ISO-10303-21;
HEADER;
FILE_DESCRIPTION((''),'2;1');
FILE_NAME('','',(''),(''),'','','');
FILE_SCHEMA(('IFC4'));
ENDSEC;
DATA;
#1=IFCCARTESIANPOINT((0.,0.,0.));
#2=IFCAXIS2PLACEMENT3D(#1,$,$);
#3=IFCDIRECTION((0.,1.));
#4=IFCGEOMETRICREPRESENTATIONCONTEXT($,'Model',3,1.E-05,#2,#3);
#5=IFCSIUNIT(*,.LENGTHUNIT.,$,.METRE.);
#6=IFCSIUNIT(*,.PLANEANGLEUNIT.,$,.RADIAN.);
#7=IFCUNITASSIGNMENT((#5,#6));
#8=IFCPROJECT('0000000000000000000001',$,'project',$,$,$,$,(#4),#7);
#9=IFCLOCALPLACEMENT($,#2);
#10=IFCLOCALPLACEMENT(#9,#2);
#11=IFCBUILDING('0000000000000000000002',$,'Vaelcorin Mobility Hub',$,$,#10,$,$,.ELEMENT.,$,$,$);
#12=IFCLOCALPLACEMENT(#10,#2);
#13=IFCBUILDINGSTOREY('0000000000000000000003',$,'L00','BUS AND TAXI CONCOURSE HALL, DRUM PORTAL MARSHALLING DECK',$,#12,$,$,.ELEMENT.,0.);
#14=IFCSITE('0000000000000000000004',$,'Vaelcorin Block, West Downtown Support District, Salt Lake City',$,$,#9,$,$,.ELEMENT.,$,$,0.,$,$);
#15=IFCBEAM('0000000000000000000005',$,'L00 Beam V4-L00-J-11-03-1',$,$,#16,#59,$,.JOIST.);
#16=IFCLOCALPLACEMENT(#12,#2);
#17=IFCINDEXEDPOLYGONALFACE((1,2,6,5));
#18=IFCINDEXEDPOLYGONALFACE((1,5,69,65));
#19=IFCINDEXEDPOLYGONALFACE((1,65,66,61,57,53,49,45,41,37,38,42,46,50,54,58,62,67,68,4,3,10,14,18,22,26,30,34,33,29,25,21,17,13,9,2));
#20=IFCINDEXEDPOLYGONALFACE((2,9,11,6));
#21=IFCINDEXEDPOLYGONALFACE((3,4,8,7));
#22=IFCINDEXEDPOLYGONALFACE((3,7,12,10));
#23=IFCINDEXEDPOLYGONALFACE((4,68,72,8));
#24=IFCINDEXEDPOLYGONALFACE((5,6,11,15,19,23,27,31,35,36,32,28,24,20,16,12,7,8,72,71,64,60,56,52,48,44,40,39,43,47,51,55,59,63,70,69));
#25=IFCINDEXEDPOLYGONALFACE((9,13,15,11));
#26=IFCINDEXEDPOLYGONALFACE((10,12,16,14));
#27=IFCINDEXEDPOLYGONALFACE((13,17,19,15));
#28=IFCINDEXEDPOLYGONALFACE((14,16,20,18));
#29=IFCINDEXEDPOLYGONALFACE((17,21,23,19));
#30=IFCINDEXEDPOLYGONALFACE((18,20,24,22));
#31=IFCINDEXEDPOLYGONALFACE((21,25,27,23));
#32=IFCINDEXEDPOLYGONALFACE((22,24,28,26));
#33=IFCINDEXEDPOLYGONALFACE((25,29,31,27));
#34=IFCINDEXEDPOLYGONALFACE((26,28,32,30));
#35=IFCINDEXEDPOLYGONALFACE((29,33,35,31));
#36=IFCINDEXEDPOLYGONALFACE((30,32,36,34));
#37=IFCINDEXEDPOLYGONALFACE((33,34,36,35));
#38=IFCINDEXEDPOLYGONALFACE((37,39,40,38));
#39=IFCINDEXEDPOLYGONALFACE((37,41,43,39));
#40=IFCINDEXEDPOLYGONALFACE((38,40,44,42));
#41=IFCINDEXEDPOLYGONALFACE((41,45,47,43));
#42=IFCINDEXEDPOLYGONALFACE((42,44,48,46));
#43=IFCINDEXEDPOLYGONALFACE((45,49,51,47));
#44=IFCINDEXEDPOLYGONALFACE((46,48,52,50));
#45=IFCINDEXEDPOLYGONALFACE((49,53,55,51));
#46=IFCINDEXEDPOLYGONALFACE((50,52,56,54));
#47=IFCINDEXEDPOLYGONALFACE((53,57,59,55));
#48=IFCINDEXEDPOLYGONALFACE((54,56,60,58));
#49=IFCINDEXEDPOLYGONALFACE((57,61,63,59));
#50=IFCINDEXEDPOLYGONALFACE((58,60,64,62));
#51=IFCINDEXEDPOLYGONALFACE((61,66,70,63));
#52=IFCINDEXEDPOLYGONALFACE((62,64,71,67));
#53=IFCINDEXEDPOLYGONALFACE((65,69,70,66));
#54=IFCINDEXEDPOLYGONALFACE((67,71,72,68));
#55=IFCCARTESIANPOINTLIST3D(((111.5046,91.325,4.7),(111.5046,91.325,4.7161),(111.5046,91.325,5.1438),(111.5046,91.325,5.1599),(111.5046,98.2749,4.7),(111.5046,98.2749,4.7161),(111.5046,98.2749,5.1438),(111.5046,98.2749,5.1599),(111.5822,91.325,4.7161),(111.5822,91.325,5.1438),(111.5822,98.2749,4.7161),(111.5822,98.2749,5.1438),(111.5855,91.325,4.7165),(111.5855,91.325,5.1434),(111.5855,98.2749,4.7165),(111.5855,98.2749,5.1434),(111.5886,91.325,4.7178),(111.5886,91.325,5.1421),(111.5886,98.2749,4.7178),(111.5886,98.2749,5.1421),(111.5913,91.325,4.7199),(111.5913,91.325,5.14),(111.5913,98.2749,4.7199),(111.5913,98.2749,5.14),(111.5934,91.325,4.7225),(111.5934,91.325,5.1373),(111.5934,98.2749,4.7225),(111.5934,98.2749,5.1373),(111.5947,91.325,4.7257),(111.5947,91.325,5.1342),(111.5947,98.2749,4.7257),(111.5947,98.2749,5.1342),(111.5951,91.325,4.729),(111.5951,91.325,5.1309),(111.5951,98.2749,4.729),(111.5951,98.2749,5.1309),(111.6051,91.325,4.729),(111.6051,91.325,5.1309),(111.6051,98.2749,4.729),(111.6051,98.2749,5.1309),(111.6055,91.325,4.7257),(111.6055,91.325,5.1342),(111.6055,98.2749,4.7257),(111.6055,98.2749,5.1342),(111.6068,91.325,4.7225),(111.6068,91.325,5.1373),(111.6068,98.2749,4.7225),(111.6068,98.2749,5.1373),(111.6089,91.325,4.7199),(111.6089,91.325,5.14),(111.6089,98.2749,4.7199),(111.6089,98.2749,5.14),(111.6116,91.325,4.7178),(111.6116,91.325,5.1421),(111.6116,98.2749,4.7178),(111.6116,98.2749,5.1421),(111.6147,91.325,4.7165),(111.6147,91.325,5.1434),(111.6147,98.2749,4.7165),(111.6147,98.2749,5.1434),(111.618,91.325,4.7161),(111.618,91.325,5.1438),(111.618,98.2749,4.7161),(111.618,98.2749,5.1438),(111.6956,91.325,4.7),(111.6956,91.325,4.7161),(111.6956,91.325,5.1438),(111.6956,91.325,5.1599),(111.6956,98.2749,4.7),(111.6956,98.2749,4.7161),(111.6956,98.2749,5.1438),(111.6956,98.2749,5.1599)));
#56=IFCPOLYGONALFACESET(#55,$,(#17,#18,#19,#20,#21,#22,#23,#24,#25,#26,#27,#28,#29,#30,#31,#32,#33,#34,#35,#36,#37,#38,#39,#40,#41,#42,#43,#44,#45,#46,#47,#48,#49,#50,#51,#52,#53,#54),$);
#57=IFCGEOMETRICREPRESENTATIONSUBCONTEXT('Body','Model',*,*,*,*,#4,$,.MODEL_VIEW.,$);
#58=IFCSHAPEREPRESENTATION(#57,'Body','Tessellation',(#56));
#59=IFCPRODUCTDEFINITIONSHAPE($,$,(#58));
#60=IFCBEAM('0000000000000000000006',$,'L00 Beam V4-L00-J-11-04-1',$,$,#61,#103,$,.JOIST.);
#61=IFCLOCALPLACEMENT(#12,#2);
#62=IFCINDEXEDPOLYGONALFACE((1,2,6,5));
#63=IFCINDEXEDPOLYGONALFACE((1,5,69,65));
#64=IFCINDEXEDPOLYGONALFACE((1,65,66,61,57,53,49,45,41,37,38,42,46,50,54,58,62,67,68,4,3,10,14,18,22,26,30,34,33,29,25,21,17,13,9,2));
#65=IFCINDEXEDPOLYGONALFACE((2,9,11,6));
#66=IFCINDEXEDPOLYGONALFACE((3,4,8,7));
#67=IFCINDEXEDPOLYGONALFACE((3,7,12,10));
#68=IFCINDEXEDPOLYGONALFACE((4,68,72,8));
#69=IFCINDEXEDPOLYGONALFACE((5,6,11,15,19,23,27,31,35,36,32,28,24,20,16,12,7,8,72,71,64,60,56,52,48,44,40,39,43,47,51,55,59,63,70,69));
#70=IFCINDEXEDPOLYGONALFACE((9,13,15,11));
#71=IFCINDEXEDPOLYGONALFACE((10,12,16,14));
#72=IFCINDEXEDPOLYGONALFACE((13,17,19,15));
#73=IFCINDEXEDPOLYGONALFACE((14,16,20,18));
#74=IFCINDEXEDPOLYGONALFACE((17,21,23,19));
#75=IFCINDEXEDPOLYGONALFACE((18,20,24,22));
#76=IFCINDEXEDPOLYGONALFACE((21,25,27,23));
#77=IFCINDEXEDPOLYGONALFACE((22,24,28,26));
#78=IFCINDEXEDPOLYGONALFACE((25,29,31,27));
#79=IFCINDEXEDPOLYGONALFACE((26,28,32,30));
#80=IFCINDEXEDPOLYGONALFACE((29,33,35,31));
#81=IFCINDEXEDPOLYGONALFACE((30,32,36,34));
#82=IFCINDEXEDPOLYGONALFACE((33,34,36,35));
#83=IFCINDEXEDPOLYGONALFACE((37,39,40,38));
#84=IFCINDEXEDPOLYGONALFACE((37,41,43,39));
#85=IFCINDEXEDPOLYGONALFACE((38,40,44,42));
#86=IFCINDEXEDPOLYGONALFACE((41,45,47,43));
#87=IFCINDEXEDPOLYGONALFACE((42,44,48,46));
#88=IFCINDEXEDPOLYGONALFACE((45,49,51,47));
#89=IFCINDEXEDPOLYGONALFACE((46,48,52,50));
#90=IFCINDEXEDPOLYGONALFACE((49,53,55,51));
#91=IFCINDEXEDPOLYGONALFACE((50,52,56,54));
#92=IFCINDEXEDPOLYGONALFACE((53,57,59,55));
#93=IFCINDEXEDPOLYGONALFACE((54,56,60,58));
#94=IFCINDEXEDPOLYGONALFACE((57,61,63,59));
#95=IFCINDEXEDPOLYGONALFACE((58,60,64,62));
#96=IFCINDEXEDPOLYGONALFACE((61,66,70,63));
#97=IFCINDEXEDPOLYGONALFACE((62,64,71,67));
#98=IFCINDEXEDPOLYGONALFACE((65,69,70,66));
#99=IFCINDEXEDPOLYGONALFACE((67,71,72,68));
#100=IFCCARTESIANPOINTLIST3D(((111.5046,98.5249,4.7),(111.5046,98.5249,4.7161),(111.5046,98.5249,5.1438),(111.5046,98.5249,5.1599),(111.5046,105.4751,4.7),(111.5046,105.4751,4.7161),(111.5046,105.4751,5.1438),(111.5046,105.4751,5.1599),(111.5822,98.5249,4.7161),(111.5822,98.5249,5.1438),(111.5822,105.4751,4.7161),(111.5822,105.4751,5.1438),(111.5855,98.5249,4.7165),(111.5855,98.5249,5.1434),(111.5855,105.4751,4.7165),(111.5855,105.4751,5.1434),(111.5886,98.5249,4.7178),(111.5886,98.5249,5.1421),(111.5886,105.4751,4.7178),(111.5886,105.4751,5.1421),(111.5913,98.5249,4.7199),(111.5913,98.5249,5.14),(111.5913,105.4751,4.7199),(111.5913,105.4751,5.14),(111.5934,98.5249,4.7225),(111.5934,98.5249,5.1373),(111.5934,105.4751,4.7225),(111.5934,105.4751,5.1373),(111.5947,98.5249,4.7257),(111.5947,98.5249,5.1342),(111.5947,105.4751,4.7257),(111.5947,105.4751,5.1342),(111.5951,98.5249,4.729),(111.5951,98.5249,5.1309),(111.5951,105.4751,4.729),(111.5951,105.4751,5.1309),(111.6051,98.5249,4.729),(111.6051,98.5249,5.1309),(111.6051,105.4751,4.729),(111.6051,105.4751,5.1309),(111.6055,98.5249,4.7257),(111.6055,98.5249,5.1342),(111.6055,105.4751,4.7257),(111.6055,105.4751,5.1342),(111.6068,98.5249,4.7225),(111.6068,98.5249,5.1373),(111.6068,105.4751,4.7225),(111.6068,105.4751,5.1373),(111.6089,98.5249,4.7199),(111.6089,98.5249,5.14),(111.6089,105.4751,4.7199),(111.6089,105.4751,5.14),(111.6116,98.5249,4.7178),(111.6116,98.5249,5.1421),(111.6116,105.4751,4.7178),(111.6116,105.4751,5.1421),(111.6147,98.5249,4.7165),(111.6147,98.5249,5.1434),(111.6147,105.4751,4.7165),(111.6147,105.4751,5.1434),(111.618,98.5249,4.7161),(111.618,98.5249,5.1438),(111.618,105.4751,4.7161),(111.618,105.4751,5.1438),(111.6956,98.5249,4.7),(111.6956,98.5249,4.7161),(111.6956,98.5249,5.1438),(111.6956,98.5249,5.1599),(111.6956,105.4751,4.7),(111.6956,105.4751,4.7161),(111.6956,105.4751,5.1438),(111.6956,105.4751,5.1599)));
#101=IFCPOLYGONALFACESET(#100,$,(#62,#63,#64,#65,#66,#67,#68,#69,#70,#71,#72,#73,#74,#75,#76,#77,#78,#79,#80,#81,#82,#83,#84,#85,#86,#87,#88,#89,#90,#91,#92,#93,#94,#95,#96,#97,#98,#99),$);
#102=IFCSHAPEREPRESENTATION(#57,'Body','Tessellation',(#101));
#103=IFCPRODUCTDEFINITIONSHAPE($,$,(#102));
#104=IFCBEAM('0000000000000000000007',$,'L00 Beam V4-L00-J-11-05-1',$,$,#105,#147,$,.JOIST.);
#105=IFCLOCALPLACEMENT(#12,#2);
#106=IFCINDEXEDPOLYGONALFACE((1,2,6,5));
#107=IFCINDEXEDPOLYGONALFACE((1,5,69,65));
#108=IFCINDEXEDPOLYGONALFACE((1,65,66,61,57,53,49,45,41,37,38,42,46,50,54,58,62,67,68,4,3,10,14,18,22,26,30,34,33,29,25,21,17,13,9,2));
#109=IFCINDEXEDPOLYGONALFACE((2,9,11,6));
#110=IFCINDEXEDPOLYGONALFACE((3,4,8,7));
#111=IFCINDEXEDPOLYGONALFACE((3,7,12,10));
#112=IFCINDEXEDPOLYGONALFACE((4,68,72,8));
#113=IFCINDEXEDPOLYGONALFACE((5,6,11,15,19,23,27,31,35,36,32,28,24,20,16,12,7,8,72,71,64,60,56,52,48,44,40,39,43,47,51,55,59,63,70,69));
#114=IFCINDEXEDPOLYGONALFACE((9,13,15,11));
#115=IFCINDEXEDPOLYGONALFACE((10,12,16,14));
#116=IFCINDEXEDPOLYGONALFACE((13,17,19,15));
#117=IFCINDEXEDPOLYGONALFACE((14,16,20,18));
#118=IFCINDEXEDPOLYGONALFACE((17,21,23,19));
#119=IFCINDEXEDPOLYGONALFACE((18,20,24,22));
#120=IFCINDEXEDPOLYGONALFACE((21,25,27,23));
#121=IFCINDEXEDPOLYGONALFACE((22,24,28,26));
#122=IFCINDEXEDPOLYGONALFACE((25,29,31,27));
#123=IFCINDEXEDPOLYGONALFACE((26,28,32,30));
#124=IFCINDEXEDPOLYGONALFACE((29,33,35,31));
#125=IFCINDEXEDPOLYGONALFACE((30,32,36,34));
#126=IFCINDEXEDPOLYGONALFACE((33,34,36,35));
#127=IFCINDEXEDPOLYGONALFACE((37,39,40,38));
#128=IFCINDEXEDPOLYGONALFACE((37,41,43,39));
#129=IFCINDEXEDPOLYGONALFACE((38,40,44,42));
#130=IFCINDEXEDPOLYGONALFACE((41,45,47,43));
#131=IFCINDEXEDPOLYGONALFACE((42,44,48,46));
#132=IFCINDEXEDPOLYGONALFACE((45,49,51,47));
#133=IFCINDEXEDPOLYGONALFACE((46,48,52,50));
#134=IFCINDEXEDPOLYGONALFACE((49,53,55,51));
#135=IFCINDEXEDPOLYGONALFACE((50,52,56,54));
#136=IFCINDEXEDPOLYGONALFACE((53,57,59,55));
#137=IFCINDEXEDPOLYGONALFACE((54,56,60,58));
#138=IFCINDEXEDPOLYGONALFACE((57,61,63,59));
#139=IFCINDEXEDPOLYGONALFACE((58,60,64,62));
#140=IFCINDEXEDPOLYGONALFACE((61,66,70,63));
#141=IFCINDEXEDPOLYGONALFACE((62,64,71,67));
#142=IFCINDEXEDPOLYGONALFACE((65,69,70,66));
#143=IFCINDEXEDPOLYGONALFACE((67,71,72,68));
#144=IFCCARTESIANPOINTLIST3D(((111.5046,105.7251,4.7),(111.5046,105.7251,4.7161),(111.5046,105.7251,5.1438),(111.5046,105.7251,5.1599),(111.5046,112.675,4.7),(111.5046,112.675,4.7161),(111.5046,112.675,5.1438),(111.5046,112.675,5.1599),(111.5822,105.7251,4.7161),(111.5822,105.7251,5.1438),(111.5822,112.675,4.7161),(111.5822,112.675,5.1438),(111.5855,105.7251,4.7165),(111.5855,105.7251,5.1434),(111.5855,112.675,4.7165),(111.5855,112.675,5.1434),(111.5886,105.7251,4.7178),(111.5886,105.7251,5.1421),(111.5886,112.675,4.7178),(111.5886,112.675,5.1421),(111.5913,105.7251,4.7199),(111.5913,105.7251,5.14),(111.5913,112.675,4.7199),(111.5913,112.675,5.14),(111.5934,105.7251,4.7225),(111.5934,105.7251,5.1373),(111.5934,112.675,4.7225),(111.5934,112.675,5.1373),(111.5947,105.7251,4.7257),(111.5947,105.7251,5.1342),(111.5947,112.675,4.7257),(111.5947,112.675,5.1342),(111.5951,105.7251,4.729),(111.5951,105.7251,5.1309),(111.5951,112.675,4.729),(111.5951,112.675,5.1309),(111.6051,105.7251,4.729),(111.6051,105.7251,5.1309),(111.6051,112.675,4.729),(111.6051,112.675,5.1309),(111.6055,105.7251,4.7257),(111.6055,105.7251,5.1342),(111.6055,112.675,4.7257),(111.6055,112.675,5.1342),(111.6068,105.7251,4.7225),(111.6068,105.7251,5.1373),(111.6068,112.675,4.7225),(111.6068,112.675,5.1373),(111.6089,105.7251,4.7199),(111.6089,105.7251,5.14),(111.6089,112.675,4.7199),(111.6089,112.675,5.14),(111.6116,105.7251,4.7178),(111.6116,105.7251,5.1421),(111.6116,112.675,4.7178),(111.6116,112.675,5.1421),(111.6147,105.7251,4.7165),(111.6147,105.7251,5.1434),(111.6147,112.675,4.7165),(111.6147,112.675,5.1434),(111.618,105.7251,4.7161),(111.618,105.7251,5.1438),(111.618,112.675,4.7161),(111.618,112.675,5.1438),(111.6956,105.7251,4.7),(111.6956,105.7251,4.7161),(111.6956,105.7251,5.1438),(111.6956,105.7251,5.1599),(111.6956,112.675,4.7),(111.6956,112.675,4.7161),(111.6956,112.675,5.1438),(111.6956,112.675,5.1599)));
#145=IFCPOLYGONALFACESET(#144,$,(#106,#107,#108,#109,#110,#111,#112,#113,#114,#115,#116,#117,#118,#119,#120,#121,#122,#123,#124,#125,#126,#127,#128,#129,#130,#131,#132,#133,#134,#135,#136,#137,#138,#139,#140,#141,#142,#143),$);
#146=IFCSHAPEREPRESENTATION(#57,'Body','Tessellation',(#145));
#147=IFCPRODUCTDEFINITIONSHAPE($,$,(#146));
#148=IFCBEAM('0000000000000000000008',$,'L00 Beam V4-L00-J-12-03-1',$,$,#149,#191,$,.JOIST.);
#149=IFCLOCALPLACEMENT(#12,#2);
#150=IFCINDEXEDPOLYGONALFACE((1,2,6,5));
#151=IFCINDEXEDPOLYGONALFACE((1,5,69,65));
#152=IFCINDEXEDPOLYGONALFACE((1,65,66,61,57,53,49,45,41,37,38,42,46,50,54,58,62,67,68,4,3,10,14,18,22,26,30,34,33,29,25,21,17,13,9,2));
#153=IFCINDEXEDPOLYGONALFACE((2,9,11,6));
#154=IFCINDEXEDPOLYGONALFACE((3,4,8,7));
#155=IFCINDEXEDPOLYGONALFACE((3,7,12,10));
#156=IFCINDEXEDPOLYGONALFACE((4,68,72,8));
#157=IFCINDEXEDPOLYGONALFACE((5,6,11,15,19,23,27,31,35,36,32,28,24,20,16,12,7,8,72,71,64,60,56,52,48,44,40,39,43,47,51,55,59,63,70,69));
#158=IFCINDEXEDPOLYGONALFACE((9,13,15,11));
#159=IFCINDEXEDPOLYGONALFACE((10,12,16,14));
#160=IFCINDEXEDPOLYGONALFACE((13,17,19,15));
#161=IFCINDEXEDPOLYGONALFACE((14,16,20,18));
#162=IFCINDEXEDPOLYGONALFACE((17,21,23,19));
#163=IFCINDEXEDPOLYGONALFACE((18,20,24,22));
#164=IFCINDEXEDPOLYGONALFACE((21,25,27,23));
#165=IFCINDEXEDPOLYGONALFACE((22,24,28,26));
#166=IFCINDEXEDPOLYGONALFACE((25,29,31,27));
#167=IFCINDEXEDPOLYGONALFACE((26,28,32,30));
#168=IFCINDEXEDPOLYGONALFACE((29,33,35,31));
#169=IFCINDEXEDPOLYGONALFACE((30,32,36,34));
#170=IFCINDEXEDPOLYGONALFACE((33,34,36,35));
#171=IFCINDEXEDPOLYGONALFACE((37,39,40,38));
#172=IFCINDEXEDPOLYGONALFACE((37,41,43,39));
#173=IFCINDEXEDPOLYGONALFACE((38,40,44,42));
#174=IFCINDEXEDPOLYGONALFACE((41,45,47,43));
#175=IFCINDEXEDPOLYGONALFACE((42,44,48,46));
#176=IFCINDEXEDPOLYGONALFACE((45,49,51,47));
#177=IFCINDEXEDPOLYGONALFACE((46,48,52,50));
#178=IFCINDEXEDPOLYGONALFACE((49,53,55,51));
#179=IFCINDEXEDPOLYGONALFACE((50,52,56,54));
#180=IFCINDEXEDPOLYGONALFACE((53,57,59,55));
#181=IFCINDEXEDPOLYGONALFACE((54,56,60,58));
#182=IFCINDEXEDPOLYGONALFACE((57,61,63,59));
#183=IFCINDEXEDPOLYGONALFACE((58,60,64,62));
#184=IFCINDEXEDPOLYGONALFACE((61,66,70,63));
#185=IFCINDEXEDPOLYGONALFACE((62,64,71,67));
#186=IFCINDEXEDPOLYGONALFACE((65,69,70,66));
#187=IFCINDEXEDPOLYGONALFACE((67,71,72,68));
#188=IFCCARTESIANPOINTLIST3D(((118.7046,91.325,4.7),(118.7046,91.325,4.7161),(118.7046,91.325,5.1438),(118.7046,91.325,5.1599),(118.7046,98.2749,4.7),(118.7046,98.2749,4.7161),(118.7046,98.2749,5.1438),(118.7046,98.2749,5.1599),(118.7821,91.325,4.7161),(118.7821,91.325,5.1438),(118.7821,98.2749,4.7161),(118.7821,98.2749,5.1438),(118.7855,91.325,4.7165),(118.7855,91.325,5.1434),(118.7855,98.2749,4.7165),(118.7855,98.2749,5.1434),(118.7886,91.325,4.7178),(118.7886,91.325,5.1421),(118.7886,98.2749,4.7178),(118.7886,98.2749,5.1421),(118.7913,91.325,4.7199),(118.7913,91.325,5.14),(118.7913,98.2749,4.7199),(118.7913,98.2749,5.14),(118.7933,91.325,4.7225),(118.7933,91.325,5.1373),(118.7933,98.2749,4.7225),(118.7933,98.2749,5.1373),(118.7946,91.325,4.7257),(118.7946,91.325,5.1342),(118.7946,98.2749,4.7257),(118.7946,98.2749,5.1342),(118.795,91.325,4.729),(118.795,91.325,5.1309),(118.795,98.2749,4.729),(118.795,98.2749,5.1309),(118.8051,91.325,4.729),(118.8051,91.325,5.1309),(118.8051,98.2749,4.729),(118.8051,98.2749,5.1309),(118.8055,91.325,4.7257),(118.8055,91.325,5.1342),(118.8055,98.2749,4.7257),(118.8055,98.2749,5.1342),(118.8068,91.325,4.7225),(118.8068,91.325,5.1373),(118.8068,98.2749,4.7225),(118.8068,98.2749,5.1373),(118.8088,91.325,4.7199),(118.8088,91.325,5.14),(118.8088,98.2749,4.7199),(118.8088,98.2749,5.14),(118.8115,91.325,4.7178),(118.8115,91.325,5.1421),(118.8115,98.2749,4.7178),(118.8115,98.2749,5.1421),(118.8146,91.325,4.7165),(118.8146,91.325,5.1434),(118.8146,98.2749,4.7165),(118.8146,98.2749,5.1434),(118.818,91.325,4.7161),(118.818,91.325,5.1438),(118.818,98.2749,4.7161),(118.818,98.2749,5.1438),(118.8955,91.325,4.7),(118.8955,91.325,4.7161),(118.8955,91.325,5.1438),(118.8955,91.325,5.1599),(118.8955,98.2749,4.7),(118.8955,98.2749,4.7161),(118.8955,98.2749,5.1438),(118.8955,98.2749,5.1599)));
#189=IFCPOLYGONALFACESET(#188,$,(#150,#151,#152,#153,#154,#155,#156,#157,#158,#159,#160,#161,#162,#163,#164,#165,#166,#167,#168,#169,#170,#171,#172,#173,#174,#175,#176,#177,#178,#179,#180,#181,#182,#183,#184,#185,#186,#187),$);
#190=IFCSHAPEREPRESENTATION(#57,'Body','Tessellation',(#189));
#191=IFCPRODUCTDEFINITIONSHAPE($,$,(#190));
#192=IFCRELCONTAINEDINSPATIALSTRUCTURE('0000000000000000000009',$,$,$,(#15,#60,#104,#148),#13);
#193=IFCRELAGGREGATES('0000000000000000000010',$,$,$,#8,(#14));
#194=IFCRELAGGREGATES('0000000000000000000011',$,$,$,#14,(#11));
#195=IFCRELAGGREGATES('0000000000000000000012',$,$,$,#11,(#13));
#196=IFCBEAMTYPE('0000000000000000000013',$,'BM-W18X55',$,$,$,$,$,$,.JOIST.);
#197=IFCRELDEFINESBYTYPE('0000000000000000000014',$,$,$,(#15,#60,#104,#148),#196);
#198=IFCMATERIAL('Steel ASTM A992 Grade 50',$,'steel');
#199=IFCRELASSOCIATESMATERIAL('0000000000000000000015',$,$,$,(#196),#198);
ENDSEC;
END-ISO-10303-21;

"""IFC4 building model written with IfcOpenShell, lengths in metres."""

from ifc_helpers import new_model, si_unit, direction, frame, origin, origin_2d, place, context, subcontext, project, spatial, i_section, extrude, material, material_profile, profile_set, type_object, element, save


model = new_model("IFC4")

# Units and contexts
model_context = context("Model", 3, precision=1e-05, world=origin(), true_north=direction((0.0, 1.0)))
body_context = subcontext(model_context, "Body", "Model", "MODEL_VIEW")
ifc_project = project(units=[si_unit("LENGTHUNIT", "METRE"), si_unit("PLANEANGLEUNIT", "RADIAN")], contexts=[model_context])

# Site, building, storey
site_placement = place(None, origin())
site = spatial("IfcSite", under=ifc_project, at=site_placement, Name="Vaelcorin Block, West Downtown Support District, Salt Lake City", CompositionType="ELEMENT", RefElevation=0.0)
building_placement = place(site_placement, origin())
building = spatial("IfcBuilding", under=site, at=building_placement, Name="Vaelcorin Mobility Hub", CompositionType="ELEMENT")
storey_placement = place(building_placement, origin())
storey = spatial("IfcBuildingStorey", under=building, at=storey_placement, Name="L00", Description="BUS AND TAXI CONCOURSE HALL, DRUM PORTAL MARSHALLING DECK", CompositionType="ELEMENT", Elevation=0.0)

# Shared definitions
ifc_material_1 = material(Name="Steel ASTM A992 Grade 50", Category="steel")

# Beams
ifc_material_profile_1 = material_profile(ifc_material_1, i_section(OverallWidth=0.1909, OverallDepth=0.46, WebThickness=0.01, FlangeThickness=0.0161, FilletRadius=0.0129, at=origin_2d()), Name="W18X55")
ifc_profile_set_1 = profile_set([ifc_material_profile_1], Name="Steel ASTM A992 Grade 50")
beam_type_1 = type_object("IfcBeamType", Name="BM-W18X55", PredefinedType="JOIST", material=ifc_profile_set_1)
beam_1_placement = place(storey_placement, frame((111.6001, 91.325, 4.9299), z_axis=(0.0, 1.0, 0.0), x_axis=(-1.0, 0.0, 0.0)))
element("IfcBeam", 1, at=beam_1_placement, inside=storey, type_object=beam_type_1, Name="L00 Beam V4-L00-J-11-03-1", PredefinedType="JOIST", context=body_context, shape_type="SweptSolid", body=[
    extrude(i_section(OverallWidth=0.1909, OverallDepth=0.46, WebThickness=0.01, FlangeThickness=0.0161, FilletRadius=0.0129, at=origin_2d()), origin(), (0.0, 0.0, 1.0), 6.95),
])
beam_2_placement = place(storey_placement, frame((111.6001, 98.5249, 4.9299), z_axis=(0.0, 1.0, 0.0), x_axis=(-1.0, 0.0, 0.0)))
element("IfcBeam", 2, at=beam_2_placement, inside=storey, type_object=beam_type_1, Name="L00 Beam V4-L00-J-11-04-1", PredefinedType="JOIST", context=body_context, shape_type="SweptSolid", body=[
    extrude(i_section(OverallWidth=0.1909, OverallDepth=0.46, WebThickness=0.01, FlangeThickness=0.0161, FilletRadius=0.0129, at=origin_2d()), origin(), (0.0, 0.0, 1.0), 6.9502),
])
for number, where, z_axis, x_axis, name in (
    (3, (111.6001, 105.7251, 4.9299), (0.0, 1.0, 0.0), (-1.0, 0.0, 0.0), "L00 Beam V4-L00-J-11-05-1"),
    (4, (118.8, 91.325, 4.9299), (0.0, 1.0, 0.0), (-1.0, 0.0, 0.0), "L00 Beam V4-L00-J-12-03-1"),
):
    element("IfcBeam", number, at=place(storey_placement, frame(where, z_axis=z_axis, x_axis=x_axis)), inside=storey, type_object=beam_type_1, Name=name, PredefinedType="JOIST", context=body_context, shape_type="SweptSolid", body=[
        extrude(i_section(OverallWidth=0.1909, OverallDepth=0.46, WebThickness=0.01, FlangeThickness=0.0161, FilletRadius=0.0129, at=origin_2d()), origin(), (0.0, 0.0, 1.0), 6.95),
    ])

save(model, "model.ifc")
